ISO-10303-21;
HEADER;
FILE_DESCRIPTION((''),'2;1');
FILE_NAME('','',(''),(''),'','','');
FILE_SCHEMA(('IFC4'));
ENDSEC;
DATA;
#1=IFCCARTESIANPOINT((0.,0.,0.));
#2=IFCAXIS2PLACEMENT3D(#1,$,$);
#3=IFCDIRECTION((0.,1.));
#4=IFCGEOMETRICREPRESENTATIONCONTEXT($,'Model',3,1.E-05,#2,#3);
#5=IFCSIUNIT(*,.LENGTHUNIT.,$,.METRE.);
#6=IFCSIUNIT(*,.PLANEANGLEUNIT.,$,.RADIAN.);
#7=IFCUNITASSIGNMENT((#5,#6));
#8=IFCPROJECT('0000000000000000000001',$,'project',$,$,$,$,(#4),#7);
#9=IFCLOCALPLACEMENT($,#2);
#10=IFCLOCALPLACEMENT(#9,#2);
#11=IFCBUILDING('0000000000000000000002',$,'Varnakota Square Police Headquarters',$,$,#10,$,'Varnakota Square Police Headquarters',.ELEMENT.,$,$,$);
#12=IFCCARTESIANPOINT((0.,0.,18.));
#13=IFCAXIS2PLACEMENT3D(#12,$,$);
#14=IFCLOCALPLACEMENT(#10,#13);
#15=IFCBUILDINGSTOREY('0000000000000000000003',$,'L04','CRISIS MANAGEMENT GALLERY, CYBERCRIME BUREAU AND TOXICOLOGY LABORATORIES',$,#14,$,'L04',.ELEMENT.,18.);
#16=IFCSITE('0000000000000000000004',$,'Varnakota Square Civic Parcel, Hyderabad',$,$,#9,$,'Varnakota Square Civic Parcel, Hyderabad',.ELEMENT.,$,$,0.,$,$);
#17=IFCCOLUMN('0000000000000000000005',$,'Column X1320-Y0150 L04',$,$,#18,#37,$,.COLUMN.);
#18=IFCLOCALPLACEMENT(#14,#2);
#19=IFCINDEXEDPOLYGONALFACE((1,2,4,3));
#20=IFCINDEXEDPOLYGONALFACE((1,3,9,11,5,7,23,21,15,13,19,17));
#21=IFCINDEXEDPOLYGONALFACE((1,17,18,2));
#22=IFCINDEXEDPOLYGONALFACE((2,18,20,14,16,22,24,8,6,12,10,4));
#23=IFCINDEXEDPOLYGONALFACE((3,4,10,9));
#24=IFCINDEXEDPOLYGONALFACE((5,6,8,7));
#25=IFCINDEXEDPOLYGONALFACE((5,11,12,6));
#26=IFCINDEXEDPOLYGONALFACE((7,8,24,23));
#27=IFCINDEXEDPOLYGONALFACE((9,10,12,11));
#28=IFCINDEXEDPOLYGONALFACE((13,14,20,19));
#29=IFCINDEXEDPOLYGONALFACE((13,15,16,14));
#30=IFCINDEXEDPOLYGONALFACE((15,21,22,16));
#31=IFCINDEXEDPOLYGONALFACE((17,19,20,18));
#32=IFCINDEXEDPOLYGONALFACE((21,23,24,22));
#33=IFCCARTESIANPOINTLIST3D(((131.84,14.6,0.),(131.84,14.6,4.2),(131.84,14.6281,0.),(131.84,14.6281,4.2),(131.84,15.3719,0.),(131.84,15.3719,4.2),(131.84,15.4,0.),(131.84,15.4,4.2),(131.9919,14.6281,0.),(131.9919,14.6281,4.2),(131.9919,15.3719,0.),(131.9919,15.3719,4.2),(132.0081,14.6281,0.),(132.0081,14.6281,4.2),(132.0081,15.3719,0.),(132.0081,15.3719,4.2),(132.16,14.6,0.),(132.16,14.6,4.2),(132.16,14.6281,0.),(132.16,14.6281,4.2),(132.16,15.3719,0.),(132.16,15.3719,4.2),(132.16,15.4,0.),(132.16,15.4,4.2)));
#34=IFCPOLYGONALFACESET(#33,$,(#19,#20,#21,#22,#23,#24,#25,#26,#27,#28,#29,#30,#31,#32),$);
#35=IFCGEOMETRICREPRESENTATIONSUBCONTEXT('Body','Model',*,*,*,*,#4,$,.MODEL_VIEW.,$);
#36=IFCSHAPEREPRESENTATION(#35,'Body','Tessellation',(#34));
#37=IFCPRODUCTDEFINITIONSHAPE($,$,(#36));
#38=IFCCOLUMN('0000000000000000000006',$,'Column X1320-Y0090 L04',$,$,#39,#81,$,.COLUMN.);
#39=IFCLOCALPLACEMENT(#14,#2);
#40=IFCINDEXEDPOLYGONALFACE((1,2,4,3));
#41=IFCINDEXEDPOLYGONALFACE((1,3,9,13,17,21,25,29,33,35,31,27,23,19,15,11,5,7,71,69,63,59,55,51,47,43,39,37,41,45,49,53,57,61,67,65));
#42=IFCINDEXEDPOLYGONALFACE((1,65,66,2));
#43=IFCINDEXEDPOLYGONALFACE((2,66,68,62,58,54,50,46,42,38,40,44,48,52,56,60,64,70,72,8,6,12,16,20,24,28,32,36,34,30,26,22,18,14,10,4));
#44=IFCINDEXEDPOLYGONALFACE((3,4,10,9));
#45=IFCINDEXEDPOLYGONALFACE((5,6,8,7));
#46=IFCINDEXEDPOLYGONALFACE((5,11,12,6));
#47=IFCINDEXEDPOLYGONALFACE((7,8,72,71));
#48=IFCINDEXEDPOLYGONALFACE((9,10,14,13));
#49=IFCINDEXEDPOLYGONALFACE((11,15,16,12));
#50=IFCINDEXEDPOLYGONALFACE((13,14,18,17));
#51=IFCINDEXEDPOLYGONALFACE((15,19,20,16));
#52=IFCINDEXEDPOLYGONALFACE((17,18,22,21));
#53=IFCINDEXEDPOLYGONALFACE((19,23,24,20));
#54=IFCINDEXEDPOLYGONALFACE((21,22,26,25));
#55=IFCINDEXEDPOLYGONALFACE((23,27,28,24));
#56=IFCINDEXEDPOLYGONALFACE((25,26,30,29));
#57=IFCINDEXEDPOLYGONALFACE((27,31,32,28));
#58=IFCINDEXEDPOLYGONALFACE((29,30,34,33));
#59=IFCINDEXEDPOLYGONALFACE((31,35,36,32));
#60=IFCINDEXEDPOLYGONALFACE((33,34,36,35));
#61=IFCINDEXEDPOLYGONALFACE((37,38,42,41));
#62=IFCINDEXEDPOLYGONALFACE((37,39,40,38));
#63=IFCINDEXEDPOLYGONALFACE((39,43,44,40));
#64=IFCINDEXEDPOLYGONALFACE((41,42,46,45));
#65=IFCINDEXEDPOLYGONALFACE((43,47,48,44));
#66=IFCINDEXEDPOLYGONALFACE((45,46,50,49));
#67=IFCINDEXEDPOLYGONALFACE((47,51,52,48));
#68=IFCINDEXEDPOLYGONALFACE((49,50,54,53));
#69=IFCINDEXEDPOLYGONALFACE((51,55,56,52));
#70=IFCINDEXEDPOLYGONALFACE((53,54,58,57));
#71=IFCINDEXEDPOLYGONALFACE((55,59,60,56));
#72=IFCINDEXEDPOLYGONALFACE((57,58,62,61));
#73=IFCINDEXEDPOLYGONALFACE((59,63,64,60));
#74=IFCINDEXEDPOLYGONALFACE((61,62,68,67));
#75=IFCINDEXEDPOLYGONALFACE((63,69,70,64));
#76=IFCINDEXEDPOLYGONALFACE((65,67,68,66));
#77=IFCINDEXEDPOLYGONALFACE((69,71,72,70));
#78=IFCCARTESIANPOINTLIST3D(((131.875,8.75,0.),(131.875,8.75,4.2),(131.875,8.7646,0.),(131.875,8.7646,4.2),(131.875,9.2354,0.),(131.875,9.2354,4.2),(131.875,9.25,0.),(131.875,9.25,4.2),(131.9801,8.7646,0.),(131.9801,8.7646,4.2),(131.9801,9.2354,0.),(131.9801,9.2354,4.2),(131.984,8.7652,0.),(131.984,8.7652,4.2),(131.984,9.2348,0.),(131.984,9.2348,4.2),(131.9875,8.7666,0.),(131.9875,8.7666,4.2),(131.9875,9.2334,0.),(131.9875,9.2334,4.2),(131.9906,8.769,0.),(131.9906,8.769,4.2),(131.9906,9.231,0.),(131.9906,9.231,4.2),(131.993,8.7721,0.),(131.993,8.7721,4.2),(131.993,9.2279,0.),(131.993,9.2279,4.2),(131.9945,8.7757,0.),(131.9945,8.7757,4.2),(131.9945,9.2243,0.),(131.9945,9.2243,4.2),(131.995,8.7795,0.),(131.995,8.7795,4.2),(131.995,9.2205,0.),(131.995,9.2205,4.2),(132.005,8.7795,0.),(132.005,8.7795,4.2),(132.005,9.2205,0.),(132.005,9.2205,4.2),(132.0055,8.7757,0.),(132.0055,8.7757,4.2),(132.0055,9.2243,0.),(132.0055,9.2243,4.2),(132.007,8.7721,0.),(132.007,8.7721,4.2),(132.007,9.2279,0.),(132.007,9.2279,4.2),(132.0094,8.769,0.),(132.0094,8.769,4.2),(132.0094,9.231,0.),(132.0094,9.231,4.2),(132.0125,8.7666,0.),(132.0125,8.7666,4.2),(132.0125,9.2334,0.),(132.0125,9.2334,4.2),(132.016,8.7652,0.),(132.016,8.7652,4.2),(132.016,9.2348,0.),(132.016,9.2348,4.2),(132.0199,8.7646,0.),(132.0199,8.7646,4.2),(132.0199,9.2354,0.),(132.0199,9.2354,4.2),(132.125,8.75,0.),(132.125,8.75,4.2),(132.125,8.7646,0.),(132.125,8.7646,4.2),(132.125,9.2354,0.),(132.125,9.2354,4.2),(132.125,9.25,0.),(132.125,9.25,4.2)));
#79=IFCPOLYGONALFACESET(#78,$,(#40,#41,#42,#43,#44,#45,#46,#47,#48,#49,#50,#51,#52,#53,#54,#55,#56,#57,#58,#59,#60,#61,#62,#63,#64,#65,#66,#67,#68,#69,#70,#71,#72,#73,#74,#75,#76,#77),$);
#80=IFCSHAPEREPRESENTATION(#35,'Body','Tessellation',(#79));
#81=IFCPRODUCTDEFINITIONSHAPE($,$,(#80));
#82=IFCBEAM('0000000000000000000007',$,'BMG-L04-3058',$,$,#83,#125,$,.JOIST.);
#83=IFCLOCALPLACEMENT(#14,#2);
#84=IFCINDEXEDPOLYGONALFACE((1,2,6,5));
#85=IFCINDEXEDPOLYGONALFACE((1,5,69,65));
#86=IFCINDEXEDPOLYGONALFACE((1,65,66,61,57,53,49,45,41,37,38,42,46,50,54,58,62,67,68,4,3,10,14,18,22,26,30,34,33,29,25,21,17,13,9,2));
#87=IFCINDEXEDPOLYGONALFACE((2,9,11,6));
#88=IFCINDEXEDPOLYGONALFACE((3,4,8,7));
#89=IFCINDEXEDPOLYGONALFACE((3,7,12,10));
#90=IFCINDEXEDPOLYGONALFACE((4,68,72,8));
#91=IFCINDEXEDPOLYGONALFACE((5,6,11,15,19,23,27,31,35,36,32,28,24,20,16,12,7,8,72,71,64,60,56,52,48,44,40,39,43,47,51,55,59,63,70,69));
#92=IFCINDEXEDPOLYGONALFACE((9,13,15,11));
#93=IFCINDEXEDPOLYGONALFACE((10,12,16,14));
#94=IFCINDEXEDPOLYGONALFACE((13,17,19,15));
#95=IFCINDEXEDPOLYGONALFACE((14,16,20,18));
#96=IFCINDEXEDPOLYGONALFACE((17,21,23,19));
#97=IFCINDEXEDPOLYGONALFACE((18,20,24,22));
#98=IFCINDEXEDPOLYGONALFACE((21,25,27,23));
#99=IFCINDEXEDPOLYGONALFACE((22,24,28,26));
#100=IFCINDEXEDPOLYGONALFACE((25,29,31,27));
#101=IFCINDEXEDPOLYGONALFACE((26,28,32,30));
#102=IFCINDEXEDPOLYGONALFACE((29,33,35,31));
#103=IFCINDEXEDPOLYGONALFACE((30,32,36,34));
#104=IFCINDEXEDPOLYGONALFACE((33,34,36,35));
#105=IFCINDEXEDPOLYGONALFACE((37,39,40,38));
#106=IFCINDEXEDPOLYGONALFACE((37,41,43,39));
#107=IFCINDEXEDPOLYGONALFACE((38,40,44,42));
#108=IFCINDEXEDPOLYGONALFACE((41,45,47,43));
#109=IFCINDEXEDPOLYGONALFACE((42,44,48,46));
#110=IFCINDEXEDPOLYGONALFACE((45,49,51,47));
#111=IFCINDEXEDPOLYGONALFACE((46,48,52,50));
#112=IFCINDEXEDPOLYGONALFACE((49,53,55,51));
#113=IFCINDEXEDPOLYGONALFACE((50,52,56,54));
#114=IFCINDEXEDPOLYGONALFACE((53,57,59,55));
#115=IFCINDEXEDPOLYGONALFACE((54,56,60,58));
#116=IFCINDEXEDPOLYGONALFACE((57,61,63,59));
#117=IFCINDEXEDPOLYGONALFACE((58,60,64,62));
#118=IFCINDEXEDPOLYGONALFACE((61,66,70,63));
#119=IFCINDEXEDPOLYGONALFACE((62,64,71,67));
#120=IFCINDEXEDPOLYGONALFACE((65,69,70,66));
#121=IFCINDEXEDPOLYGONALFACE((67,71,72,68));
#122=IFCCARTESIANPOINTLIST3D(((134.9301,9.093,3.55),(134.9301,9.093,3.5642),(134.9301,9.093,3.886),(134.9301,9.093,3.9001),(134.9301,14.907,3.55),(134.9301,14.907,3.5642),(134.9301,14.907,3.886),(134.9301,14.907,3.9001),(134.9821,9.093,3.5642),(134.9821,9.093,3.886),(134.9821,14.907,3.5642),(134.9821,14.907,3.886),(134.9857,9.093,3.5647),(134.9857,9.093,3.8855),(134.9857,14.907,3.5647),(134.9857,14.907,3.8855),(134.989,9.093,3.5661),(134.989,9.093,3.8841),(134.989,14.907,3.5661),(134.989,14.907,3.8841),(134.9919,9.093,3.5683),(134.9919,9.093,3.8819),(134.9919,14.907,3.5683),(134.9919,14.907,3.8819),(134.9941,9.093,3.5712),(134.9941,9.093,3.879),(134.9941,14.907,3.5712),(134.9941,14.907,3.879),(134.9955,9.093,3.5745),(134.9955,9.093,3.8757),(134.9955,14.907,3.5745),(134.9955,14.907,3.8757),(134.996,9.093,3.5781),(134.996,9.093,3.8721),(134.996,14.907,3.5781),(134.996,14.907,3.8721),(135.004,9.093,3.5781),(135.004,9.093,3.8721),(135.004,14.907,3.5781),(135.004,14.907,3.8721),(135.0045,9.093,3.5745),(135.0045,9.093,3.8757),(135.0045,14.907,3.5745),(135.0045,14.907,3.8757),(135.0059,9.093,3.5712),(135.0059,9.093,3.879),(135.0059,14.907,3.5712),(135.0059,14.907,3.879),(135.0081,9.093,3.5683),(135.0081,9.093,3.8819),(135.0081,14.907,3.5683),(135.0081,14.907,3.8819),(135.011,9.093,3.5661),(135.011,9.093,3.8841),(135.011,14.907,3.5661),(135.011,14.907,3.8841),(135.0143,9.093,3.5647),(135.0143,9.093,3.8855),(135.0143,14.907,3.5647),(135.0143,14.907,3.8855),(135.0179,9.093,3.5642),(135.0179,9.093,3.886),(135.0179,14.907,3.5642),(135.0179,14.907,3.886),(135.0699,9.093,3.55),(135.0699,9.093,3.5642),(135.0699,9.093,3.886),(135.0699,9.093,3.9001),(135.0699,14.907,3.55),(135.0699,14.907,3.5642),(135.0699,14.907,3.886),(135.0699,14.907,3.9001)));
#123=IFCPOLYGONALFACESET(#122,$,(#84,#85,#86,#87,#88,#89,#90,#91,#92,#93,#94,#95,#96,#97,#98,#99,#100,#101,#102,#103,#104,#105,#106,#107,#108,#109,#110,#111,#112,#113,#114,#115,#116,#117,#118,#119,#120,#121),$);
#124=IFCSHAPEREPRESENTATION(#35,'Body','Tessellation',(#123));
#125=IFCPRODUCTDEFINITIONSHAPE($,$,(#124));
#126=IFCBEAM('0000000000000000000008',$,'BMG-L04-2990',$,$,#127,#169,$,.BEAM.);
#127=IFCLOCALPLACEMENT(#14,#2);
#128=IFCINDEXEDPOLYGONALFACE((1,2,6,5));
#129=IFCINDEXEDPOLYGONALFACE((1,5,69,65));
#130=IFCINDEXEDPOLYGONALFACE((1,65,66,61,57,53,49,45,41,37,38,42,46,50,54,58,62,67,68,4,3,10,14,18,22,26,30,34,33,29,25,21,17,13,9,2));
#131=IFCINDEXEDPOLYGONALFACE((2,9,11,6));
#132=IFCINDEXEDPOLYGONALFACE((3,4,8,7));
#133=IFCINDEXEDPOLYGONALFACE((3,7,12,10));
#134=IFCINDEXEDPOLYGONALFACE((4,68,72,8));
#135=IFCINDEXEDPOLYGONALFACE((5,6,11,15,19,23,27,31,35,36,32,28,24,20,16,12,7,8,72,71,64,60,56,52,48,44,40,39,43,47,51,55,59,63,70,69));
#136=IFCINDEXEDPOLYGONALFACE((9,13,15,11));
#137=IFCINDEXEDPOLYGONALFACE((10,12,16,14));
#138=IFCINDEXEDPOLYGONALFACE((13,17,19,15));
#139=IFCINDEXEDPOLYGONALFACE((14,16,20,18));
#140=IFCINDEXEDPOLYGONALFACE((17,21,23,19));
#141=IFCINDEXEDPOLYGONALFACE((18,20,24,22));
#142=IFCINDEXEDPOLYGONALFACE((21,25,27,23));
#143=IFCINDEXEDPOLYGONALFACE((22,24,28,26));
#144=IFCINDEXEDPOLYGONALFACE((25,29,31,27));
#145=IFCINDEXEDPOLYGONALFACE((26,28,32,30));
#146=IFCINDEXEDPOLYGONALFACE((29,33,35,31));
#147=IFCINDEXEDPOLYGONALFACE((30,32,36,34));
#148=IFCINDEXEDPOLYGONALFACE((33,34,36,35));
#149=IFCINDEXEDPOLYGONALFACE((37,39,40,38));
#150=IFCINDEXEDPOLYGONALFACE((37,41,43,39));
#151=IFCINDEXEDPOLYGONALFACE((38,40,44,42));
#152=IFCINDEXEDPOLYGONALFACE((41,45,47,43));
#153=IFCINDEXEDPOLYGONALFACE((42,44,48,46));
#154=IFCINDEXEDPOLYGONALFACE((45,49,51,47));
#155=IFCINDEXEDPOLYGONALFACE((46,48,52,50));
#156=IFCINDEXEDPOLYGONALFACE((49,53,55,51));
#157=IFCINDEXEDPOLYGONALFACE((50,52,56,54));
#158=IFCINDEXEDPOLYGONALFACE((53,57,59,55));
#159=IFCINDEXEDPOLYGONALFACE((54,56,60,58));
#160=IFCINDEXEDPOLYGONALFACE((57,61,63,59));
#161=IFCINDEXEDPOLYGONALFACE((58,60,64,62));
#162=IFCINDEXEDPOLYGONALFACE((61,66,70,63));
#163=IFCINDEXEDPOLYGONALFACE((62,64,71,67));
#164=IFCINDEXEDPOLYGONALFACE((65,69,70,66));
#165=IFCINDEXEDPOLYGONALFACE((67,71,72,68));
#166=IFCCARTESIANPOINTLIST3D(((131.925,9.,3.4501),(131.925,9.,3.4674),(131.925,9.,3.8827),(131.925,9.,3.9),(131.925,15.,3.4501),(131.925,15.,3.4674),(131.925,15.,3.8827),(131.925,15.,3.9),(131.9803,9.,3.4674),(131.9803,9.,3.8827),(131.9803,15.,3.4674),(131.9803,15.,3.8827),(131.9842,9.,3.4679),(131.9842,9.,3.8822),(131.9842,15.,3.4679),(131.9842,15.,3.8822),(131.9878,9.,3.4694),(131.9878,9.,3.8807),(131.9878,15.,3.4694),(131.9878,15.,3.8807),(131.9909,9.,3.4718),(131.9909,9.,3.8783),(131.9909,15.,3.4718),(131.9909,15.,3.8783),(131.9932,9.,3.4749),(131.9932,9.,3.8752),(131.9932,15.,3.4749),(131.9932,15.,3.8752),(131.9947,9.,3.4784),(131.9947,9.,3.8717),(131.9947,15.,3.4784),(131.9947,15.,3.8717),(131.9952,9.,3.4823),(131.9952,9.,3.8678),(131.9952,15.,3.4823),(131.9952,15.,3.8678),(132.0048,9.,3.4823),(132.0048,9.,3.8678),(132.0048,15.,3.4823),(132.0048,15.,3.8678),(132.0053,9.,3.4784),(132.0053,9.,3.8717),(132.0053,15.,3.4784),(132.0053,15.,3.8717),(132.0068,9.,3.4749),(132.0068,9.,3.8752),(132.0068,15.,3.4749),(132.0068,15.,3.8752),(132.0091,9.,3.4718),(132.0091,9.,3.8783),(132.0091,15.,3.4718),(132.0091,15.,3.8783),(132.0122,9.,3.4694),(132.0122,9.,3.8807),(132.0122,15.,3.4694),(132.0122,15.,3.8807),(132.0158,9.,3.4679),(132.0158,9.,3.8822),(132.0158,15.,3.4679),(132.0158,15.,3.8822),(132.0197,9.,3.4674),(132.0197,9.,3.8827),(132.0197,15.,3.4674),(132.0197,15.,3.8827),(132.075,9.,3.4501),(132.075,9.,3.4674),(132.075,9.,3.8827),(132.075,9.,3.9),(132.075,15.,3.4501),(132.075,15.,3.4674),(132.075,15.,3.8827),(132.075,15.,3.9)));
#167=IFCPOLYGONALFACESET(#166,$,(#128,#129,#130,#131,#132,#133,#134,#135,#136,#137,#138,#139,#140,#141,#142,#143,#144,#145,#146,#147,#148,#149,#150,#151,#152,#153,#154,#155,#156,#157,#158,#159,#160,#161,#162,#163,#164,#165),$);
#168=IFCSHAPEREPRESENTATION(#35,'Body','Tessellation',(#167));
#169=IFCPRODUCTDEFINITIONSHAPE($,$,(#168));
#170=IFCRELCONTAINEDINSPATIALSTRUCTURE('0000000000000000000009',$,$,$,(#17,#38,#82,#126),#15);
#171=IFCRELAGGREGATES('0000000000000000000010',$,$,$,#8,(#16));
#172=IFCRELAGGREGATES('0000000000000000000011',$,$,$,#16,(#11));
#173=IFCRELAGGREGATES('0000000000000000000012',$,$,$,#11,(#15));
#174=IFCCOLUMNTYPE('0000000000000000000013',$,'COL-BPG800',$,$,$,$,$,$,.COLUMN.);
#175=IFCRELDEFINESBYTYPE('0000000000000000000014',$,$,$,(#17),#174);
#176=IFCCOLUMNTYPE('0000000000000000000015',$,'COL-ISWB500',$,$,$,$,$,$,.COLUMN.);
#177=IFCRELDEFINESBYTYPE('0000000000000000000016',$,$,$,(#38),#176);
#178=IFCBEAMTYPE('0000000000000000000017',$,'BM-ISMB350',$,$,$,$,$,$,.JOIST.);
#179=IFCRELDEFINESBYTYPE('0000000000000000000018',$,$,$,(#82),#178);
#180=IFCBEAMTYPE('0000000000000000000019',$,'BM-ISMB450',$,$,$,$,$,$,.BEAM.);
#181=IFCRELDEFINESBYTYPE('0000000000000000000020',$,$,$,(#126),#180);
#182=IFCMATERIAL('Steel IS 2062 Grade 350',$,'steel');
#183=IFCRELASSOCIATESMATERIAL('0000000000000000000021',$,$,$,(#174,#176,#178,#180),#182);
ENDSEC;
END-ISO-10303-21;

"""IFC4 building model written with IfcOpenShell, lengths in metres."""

from ifc_helpers import new_model, si_unit, direction, frame, origin, origin_2d, place, context, subcontext, project, spatial, i_section, extrude, material, material_profile, profile_set, type_object, element, save


model = new_model("IFC4")

# Units and contexts
model_context = context("Model", 3, precision=1e-05, world=origin(), true_north=direction((0.0, 1.0)))
body_context = subcontext(model_context, "Body", "Model", "MODEL_VIEW")
ifc_project = project(units=[si_unit("LENGTHUNIT", "METRE"), si_unit("PLANEANGLEUNIT", "RADIAN")], contexts=[model_context])

# Site, building, storey
site_placement = place(None, origin())
site = spatial("IfcSite", under=ifc_project, at=site_placement, Name="Varnakota Square Civic Parcel, Hyderabad", LongName="Varnakota Square Civic Parcel, Hyderabad", CompositionType="ELEMENT", RefElevation=0.0)
building_placement = place(site_placement, origin())
building = spatial("IfcBuilding", under=site, at=building_placement, Name="Varnakota Square Police Headquarters", LongName="Varnakota Square Police Headquarters", CompositionType="ELEMENT")
storey_placement = place(building_placement, frame((0.0, 0.0, 18.0)))
storey = spatial("IfcBuildingStorey", under=building, at=storey_placement, Name="L04", Description="CRISIS MANAGEMENT GALLERY, CYBERCRIME BUREAU AND TOXICOLOGY LABORATORIES", LongName="L04", CompositionType="ELEMENT", Elevation=18.0)

# Columns
ifc_material_1 = material(Name="Steel IS 2062 Grade 350", Category="steel")
ifc_material_profile_1 = material_profile(ifc_material_1, i_section(OverallWidth=0.3201, OverallDepth=0.8, WebThickness=0.0161, FlangeThickness=0.0281, at=origin_2d()), Name="BPG 800x320")
ifc_profile_set_1 = profile_set([ifc_material_profile_1], Name="Steel IS 2062 Grade 350")
column_type_1 = type_object("IfcColumnType", Name="COL-BPG800", PredefinedType="COLUMN", material=ifc_profile_set_1)
column_1_placement = place(storey_placement, frame((132.0, 15.0, 0.0), z_axis=(0.0, 0.0, 1.0), x_axis=(1.0, 0.0, 0.0)))
element("IfcColumn", 1, at=column_1_placement, inside=storey, type_object=column_type_1, Name="Column X1320-Y0150 L04", PredefinedType="COLUMN", context=body_context, shape_type="SweptSolid", body=[
    extrude(i_section(OverallWidth=0.3201, OverallDepth=0.8, WebThickness=0.0161, FlangeThickness=0.0281, at=origin_2d()), origin(), (0.0, 0.0, 1.0), 4.2),
])
ifc_material_profile_2 = material_profile(ifc_material_1, i_section(OverallWidth=0.25, OverallDepth=0.5, WebThickness=0.01, FlangeThickness=0.0146, FilletRadius=0.0149, at=origin_2d()), Name="ISWB 500")
ifc_profile_set_2 = profile_set([ifc_material_profile_2], Name="Steel IS 2062 Grade 350")
column_type_2 = type_object("IfcColumnType", Name="COL-ISWB500", PredefinedType="COLUMN", material=ifc_profile_set_2)
column_2_placement = place(storey_placement, frame((132.0, 9.0, 0.0), z_axis=(0.0, 0.0, 1.0), x_axis=(1.0, 0.0, 0.0)))
element("IfcColumn", 2, at=column_2_placement, inside=storey, type_object=column_type_2, Name="Column X1320-Y0090 L04", PredefinedType="COLUMN", context=body_context, shape_type="SweptSolid", body=[
    extrude(i_section(OverallWidth=0.25, OverallDepth=0.5, WebThickness=0.01, FlangeThickness=0.0146, FilletRadius=0.0149, at=origin_2d()), origin(), (0.0, 0.0, 1.0), 4.2),
])

# Beams
ifc_material_profile_3 = material_profile(ifc_material_1, i_section(OverallWidth=0.1399, OverallDepth=0.3501, WebThickness=0.0081, FlangeThickness=0.0142, FilletRadius=0.0139, at=origin_2d()), Name="ISMB 350")
ifc_profile_set_3 = profile_set([ifc_material_profile_3], Name="Steel IS 2062 Grade 350")
beam_type_1 = type_object("IfcBeamType", Name="BM-ISMB350", PredefinedType="JOIST", material=ifc_profile_set_3)
beam_1_placement = place(storey_placement, frame((135.0, 9.093, 3.7251), z_axis=(0.0, 1.0, 0.0), x_axis=(-1.0, 0.0, 0.0)))
element("IfcBeam", 3, at=beam_1_placement, inside=storey, type_object=beam_type_1, Name="BMG-L04-3058", PredefinedType="JOIST", context=body_context, shape_type="SweptSolid", body=[
    extrude(i_section(OverallWidth=0.1399, OverallDepth=0.3501, WebThickness=0.0081, FlangeThickness=0.0142, FilletRadius=0.0139, at=origin_2d()), origin(), (0.0, 0.0, 1.0), 5.814),
])
ifc_material_profile_4 = material_profile(ifc_material_1, i_section(OverallWidth=0.1499, OverallDepth=0.45, WebThickness=0.0095, FlangeThickness=0.0173, FilletRadius=0.0149, at=origin_2d()), Name="ISMB 450")
ifc_profile_set_4 = profile_set([ifc_material_profile_4], Name="Steel IS 2062 Grade 350")
beam_type_2 = type_object("IfcBeamType", Name="BM-ISMB450", PredefinedType="BEAM", material=ifc_profile_set_4)
beam_2_placement = place(storey_placement, frame((132.0, 9.0, 3.675), z_axis=(0.0, 1.0, 0.0), x_axis=(-1.0, 0.0, 0.0)))
element("IfcBeam", 4, at=beam_2_placement, inside=storey, type_object=beam_type_2, Name="BMG-L04-2990", PredefinedType="BEAM", context=body_context, shape_type="SweptSolid", body=[
    extrude(i_section(OverallWidth=0.1499, OverallDepth=0.45, WebThickness=0.0095, FlangeThickness=0.0173, FilletRadius=0.0149, at=origin_2d()), origin(), (0.0, 0.0, 1.0), 6.0),
])

save(model, "model.ifc")
